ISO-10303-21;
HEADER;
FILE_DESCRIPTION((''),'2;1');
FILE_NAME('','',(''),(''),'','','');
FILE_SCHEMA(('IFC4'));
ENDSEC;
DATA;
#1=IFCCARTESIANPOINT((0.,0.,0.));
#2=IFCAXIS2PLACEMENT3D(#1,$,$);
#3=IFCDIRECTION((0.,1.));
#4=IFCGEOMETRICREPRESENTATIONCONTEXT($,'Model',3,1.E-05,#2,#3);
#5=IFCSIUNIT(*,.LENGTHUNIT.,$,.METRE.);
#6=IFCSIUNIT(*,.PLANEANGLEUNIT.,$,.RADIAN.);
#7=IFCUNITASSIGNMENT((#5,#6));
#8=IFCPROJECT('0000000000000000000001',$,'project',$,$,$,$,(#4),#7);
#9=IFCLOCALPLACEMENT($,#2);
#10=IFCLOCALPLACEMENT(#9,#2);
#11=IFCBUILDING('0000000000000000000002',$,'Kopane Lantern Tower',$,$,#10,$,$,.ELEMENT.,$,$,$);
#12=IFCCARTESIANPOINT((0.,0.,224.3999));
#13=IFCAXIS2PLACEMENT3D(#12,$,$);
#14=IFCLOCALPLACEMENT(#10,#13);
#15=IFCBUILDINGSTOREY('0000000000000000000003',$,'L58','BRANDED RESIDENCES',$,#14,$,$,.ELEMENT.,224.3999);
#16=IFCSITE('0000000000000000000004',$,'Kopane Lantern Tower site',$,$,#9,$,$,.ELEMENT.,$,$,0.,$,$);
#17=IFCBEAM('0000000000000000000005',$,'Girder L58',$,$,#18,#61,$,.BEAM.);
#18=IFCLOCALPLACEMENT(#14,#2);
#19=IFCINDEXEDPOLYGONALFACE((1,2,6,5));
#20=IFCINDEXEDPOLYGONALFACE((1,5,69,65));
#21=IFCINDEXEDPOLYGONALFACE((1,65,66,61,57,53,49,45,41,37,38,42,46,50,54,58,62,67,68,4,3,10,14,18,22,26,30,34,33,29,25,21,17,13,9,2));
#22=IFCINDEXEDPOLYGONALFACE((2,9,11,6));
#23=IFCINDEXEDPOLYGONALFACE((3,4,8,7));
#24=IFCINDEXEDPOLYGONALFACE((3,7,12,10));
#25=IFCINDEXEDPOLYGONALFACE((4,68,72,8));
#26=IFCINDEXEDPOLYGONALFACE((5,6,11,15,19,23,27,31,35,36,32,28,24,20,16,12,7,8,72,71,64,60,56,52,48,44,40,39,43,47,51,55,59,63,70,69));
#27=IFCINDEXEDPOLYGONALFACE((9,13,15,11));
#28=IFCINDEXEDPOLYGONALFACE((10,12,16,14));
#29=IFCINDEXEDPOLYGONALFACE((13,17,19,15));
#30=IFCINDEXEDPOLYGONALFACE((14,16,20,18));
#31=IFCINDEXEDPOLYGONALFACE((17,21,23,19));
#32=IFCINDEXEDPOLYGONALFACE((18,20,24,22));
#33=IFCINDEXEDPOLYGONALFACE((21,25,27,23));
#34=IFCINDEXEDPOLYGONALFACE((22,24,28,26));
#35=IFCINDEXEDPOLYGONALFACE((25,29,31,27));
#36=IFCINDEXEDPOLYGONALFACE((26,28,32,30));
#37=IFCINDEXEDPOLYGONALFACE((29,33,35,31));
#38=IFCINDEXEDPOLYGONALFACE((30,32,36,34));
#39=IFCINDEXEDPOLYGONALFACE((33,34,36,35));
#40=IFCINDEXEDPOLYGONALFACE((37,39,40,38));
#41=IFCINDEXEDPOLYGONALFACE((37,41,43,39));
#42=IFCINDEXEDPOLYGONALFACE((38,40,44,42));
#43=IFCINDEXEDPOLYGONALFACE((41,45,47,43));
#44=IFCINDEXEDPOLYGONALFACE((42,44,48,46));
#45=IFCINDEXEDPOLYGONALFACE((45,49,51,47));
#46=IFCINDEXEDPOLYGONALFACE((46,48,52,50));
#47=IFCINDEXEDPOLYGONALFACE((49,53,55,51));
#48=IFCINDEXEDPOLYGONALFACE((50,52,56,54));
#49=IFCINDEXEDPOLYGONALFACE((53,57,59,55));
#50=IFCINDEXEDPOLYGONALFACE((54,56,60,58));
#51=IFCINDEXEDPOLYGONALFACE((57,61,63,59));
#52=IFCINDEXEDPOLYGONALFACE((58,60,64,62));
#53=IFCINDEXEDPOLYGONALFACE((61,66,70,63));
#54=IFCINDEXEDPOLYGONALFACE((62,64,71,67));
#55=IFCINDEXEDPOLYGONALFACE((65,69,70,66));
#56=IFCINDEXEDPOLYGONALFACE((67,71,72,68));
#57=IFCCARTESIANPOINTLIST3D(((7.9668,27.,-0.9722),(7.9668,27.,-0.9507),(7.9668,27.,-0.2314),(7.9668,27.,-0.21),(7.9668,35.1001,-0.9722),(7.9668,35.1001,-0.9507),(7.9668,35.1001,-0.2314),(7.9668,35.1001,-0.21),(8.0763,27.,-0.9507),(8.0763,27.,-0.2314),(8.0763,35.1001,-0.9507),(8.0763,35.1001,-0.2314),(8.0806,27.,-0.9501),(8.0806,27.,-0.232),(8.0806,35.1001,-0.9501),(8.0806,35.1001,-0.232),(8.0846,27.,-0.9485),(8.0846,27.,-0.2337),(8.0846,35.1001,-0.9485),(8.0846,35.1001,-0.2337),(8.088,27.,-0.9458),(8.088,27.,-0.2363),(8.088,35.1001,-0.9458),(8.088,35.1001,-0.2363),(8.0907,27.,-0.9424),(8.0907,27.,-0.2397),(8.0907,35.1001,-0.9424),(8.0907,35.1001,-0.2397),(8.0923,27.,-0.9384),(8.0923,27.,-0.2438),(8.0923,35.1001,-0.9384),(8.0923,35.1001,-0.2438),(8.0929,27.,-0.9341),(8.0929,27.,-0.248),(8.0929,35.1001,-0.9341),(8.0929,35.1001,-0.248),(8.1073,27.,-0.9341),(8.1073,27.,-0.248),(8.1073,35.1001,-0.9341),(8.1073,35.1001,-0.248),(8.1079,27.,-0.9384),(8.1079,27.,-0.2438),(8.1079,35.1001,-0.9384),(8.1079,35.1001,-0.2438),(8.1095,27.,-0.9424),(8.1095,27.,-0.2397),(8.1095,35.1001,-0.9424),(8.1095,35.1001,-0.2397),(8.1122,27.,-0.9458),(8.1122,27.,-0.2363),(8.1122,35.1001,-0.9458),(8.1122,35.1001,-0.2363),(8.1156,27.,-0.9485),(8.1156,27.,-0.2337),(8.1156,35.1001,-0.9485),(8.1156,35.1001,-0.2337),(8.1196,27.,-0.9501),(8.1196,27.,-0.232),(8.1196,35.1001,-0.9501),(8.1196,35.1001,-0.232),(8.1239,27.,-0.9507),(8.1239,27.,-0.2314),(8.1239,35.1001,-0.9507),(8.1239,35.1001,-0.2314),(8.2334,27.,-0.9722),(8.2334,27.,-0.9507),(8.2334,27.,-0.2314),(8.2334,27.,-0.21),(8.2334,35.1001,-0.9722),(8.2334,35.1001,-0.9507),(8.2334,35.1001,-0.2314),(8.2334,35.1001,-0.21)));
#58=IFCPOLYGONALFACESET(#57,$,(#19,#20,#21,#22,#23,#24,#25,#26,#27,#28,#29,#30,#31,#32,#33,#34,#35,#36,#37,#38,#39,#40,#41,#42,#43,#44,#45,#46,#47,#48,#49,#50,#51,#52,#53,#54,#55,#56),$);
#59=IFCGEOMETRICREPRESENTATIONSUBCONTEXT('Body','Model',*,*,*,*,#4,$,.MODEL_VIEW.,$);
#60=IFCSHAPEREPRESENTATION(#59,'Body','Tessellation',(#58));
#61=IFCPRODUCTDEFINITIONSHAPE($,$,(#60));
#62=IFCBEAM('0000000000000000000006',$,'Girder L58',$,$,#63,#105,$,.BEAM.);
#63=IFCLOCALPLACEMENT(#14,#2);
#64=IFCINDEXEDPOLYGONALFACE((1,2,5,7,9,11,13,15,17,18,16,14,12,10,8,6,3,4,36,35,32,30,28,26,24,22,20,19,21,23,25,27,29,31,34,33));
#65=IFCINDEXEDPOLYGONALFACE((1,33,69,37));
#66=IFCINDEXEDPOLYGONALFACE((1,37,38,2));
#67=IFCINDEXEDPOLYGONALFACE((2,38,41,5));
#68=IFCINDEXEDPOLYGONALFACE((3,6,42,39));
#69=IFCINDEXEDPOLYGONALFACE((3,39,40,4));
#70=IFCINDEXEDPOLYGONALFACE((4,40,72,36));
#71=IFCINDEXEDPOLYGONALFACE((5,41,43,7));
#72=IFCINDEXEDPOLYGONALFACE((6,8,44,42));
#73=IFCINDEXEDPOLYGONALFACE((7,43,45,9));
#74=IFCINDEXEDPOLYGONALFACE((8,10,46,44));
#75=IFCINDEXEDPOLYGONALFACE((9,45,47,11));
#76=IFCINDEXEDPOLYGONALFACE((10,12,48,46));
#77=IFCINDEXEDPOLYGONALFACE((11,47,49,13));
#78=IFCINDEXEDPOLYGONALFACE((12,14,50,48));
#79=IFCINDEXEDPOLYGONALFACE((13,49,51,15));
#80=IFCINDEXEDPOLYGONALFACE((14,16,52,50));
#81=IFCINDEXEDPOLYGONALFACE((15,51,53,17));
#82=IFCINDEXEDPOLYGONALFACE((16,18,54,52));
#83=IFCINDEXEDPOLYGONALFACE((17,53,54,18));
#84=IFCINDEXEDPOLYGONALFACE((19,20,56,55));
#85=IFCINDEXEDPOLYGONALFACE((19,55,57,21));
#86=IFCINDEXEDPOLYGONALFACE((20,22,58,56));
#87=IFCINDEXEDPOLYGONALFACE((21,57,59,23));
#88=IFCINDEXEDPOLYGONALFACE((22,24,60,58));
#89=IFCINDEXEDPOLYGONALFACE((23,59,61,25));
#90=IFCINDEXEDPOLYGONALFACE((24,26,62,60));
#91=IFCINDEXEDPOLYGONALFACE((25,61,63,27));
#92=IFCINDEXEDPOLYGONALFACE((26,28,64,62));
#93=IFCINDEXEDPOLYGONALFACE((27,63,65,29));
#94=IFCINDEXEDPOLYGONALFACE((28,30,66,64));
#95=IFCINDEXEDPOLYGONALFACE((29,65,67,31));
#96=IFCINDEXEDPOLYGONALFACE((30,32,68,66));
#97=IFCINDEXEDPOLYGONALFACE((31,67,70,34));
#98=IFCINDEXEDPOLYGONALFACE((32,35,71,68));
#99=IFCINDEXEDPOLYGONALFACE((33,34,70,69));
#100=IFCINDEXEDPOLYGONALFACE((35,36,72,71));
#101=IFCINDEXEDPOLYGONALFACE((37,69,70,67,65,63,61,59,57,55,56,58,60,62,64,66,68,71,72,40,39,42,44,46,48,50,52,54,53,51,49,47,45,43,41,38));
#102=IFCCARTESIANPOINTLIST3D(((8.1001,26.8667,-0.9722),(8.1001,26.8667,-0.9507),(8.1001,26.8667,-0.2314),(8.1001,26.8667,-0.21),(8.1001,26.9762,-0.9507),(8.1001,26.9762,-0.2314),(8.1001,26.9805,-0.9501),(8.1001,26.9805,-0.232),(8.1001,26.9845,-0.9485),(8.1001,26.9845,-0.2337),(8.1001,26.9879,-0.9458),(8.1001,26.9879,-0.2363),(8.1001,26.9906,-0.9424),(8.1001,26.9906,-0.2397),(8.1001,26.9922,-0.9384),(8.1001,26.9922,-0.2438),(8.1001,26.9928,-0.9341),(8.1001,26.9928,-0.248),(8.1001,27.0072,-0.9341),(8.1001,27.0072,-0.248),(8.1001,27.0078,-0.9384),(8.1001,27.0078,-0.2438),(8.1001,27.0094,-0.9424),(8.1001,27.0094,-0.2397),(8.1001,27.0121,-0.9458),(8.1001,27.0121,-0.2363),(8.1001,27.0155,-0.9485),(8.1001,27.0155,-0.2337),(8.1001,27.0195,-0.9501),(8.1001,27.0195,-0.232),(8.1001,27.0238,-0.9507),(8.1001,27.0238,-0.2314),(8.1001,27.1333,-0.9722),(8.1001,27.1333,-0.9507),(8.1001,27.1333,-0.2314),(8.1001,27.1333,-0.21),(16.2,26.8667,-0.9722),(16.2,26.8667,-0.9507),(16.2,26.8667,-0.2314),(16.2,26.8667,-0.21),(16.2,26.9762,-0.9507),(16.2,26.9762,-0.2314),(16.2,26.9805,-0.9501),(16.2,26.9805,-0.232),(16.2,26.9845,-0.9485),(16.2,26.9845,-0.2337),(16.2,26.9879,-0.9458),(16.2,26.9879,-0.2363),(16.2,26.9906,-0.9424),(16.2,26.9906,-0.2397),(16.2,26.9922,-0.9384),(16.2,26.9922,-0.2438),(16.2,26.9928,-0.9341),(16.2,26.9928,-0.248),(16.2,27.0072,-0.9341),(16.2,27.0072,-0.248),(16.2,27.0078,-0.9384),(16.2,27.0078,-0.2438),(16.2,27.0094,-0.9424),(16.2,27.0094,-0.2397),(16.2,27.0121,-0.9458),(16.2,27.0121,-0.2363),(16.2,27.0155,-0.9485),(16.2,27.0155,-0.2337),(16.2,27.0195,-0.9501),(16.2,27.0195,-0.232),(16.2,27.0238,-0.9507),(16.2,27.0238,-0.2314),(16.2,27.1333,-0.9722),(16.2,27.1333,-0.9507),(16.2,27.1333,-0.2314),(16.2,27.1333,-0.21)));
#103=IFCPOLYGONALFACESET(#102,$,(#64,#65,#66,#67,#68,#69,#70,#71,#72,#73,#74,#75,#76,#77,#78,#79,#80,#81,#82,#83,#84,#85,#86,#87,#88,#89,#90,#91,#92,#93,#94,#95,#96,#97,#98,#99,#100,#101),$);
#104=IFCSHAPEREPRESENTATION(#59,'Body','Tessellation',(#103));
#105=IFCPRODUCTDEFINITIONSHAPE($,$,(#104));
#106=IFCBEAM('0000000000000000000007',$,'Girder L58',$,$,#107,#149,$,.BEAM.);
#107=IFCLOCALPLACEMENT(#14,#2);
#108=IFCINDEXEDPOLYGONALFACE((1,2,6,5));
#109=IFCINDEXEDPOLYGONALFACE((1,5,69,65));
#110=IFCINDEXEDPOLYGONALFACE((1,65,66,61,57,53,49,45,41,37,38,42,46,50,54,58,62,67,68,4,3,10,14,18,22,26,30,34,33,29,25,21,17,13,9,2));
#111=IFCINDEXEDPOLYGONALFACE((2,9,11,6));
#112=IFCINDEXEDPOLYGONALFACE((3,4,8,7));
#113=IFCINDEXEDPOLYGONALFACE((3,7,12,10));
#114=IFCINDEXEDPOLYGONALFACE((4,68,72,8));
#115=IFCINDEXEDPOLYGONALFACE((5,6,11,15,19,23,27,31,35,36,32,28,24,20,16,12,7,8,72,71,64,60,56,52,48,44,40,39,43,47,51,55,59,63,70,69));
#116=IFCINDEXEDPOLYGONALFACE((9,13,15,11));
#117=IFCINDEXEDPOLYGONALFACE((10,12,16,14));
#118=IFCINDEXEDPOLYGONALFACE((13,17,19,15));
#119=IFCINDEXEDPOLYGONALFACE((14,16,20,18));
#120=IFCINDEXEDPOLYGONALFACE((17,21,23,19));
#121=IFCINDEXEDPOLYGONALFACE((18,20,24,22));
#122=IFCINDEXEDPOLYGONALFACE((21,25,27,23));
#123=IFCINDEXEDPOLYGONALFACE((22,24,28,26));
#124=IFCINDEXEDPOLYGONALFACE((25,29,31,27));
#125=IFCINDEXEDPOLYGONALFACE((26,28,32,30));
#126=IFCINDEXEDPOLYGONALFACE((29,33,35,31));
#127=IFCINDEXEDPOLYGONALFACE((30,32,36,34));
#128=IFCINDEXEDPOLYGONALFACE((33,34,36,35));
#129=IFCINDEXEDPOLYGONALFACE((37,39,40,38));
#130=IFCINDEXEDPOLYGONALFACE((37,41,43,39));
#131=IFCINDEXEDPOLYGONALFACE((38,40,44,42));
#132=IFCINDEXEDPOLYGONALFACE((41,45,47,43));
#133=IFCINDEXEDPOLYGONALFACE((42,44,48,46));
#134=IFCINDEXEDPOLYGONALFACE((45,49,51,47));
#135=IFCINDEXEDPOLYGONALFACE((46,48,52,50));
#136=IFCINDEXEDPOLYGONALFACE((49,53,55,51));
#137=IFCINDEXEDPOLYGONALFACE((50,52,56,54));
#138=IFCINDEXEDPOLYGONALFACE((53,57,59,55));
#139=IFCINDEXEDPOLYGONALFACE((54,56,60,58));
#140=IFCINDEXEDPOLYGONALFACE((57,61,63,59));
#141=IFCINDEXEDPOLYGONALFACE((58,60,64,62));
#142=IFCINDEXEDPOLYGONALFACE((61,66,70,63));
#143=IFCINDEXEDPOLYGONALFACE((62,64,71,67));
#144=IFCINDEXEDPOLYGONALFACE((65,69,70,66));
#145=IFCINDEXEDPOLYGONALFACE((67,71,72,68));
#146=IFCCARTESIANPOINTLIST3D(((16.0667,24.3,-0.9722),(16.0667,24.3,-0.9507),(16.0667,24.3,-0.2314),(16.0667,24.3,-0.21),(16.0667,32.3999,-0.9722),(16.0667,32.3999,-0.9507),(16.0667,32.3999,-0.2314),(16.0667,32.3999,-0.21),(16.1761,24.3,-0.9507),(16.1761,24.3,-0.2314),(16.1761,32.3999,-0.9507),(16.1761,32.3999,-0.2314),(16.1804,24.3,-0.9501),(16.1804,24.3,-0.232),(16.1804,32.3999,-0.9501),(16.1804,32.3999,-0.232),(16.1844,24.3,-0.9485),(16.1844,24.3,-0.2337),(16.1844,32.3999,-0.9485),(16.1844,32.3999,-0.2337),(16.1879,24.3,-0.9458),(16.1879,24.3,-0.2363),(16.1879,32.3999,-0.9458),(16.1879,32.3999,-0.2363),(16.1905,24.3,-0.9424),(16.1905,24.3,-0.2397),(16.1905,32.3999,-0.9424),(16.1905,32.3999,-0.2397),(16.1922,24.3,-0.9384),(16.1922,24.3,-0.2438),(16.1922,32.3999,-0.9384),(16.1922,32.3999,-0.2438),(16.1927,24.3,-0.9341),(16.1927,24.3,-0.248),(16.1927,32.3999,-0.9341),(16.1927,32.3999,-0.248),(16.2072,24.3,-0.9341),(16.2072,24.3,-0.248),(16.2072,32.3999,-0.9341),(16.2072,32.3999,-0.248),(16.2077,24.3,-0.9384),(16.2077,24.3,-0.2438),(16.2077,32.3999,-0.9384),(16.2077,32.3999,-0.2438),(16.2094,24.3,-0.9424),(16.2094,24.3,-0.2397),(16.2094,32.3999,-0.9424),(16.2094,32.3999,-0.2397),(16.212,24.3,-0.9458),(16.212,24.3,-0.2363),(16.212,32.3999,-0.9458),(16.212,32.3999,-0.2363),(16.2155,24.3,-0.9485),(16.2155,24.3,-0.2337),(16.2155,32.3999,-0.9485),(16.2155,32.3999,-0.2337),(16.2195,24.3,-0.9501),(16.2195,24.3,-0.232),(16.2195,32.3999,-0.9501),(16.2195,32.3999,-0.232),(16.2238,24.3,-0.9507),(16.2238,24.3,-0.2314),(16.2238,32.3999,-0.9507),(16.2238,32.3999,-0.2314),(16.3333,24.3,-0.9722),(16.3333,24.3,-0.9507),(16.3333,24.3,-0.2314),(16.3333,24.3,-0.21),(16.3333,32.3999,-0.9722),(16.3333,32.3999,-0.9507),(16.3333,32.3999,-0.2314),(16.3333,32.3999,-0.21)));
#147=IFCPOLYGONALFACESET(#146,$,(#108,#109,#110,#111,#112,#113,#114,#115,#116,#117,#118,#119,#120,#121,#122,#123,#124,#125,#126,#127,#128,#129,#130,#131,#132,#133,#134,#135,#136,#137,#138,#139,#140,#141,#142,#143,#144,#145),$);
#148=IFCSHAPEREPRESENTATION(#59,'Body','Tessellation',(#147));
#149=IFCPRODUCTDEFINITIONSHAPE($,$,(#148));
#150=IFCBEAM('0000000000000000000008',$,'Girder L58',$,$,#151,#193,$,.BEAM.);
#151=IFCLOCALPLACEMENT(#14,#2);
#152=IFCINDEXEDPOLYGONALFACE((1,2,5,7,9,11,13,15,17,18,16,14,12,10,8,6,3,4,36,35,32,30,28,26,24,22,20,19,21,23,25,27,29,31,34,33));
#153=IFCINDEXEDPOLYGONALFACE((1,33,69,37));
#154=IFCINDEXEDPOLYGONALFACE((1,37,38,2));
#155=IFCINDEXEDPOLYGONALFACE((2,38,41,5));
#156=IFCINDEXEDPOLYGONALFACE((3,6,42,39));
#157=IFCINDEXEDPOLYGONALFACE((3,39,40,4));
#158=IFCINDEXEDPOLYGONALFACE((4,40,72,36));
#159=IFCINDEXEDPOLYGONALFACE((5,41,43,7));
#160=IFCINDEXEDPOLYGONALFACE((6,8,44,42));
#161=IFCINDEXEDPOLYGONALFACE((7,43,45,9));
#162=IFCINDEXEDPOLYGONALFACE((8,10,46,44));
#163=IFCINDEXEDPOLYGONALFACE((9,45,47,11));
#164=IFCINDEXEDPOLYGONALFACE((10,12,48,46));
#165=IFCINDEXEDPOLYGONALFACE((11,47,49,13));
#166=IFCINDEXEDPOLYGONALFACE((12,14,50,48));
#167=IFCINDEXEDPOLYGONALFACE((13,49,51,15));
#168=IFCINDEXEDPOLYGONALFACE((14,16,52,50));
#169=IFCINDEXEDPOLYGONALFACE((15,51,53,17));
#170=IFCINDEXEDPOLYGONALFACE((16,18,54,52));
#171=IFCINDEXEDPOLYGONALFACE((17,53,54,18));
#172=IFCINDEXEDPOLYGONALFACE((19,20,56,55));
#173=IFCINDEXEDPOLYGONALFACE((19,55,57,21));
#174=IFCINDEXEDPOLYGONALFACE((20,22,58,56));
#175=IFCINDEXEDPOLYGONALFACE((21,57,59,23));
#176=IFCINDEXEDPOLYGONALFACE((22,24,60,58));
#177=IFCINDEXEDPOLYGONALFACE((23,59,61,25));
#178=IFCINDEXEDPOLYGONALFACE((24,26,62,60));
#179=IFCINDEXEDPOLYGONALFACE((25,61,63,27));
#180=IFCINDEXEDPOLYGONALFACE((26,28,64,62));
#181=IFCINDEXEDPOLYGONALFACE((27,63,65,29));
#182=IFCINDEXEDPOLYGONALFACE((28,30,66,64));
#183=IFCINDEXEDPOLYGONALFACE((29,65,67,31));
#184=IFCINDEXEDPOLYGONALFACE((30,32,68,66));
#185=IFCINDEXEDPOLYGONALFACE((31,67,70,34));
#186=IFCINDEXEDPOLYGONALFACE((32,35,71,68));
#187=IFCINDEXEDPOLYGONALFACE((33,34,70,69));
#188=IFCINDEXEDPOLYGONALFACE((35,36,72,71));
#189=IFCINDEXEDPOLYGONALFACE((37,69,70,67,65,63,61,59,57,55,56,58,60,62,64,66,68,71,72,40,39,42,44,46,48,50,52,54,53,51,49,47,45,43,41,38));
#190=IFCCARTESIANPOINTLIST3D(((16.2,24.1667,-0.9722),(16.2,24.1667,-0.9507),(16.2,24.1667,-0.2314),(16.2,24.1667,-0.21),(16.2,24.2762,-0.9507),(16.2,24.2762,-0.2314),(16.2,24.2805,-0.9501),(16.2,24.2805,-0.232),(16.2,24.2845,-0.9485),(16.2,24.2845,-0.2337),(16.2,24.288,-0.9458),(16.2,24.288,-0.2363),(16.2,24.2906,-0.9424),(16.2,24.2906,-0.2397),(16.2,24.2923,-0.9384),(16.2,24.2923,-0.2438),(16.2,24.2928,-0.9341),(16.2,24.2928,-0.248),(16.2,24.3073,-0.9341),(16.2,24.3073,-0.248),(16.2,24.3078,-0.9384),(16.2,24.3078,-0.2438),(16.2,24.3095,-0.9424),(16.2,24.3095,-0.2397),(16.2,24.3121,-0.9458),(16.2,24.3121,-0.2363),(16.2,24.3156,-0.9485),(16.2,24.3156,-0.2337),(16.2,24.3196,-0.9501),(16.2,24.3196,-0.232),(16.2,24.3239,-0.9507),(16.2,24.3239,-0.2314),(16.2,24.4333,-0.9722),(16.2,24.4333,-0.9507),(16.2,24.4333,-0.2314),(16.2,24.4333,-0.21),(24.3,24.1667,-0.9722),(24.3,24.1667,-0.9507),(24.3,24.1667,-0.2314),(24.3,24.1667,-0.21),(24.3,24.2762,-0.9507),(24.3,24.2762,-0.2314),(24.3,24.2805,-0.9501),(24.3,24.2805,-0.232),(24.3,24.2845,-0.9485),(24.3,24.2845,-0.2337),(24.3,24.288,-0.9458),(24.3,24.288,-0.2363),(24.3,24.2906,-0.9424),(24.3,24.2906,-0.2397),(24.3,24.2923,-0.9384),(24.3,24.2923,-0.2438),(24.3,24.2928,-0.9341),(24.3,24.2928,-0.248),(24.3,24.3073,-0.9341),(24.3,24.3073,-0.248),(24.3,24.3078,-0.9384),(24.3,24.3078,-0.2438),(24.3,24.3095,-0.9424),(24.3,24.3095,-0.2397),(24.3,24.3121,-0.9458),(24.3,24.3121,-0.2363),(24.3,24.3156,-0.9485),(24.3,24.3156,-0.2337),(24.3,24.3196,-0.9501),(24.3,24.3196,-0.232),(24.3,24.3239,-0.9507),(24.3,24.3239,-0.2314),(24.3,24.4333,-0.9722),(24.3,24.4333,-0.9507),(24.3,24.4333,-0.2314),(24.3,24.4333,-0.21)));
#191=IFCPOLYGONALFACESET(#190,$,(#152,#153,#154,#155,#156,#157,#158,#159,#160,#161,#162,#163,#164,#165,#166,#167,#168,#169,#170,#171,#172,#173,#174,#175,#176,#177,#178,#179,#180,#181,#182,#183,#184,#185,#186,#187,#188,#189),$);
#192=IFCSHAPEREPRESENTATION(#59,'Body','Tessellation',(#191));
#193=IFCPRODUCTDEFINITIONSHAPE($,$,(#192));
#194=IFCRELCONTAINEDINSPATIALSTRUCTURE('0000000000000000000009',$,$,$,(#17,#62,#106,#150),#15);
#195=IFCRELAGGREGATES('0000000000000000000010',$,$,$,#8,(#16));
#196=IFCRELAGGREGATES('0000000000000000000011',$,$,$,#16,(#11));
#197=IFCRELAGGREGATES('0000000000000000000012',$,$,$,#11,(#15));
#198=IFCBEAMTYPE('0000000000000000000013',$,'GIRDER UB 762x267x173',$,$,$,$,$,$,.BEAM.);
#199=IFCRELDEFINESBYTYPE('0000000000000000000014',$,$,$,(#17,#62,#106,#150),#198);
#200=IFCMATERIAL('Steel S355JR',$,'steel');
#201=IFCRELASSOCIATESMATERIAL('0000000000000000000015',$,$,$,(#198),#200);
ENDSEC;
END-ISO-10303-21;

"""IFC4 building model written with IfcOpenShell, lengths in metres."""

from ifc_helpers import new_model, si_unit, direction, frame, origin, origin_2d, place, context, subcontext, project, spatial, i_section, extrude, material, material_profile, profile_set, type_object, element, save


model = new_model("IFC4")

# Units and contexts
model_context = context("Model", 3, precision=1e-05, world=origin(), true_north=direction((0.0, 1.0)))
body_context = subcontext(model_context, "Body", "Model", "MODEL_VIEW")
ifc_project = project(units=[si_unit("LENGTHUNIT", "METRE"), si_unit("PLANEANGLEUNIT", "RADIAN")], contexts=[model_context])

# Site, building, storey
site_placement = place(None, origin())
site = spatial("IfcSite", under=ifc_project, at=site_placement, Name="Kopane Lantern Tower site", CompositionType="ELEMENT", RefElevation=0.0)
building_placement = place(site_placement, origin())
building = spatial("IfcBuilding", under=site, at=building_placement, Name="Kopane Lantern Tower", CompositionType="ELEMENT")
storey_placement = place(building_placement, frame((0.0, 0.0, 224.3999)))
storey = spatial("IfcBuildingStorey", under=building, at=storey_placement, Name="L58", Description="BRANDED RESIDENCES", CompositionType="ELEMENT", Elevation=224.3999)

# Beams
ifc_material_1 = material(Name="Steel S355JR", Category="steel")
ifc_material_profile_1 = material_profile(ifc_material_1, i_section(OverallWidth=0.2666, OverallDepth=0.7622, WebThickness=0.0144, FlangeThickness=0.0215, FilletRadius=0.0166, at=origin_2d()), Name="UB 762x267x173")
ifc_profile_set_1 = profile_set([ifc_material_profile_1], Name="Steel S355JR")
beam_type = type_object("IfcBeamType", Name="GIRDER UB 762x267x173", PredefinedType="BEAM", material=ifc_profile_set_1)
for number, where, z_axis, x_axis, name in (
    (1, (8.1001, 27.0, -0.5911), (0.0, 1.0, 0.0), (-1.0, 0.0, 0.0), "Girder L58"),
):
    element("IfcBeam", number, at=place(storey_placement, frame(where, z_axis=z_axis, x_axis=x_axis)), inside=storey, type_object=beam_type, Name=name, PredefinedType="BEAM", context=body_context, shape_type="SweptSolid", body=[
        extrude(i_section(OverallWidth=0.2666, OverallDepth=0.7622, WebThickness=0.0144, FlangeThickness=0.0215, FilletRadius=0.0166, at=origin_2d()), origin(), (0.0, 0.0, 1.0), 8.1001),
    ])
for number, where, z_axis, x_axis, name in (
    (2, (8.1001, 27.0, -0.5911), (1.0, 0.0, 0.0), (0.0, 1.0, 0.0), "Girder L58"),
    (3, (16.2, 24.3, -0.5911), (0.0, 1.0, 0.0), (-1.0, 0.0, 0.0), "Girder L58"),
):
    element("IfcBeam", number, at=place(storey_placement, frame(where, z_axis=z_axis, x_axis=x_axis)), inside=storey, type_object=beam_type, Name=name, PredefinedType="BEAM", context=body_context, shape_type="SweptSolid", body=[
        extrude(i_section(OverallWidth=0.2666, OverallDepth=0.7622, WebThickness=0.0144, FlangeThickness=0.0215, FilletRadius=0.0166, at=origin_2d()), origin(), (0.0, 0.0, 1.0), 8.0999),
    ])
beam_placement = place(storey_placement, frame((16.2, 24.3, -0.5911), z_axis=(1.0, 0.0, 0.0), x_axis=(0.0, 1.0, 0.0)))
element("IfcBeam", 4, at=beam_placement, inside=storey, type_object=beam_type, Name="Girder L58", PredefinedType="BEAM", context=body_context, shape_type="SweptSolid", body=[
    extrude(i_section(OverallWidth=0.2666, OverallDepth=0.7622, WebThickness=0.0144, FlangeThickness=0.0215, FilletRadius=0.0166, at=origin_2d()), origin(), (0.0, 0.0, 1.0), 8.1001),
])

save(model, "model.ifc")
